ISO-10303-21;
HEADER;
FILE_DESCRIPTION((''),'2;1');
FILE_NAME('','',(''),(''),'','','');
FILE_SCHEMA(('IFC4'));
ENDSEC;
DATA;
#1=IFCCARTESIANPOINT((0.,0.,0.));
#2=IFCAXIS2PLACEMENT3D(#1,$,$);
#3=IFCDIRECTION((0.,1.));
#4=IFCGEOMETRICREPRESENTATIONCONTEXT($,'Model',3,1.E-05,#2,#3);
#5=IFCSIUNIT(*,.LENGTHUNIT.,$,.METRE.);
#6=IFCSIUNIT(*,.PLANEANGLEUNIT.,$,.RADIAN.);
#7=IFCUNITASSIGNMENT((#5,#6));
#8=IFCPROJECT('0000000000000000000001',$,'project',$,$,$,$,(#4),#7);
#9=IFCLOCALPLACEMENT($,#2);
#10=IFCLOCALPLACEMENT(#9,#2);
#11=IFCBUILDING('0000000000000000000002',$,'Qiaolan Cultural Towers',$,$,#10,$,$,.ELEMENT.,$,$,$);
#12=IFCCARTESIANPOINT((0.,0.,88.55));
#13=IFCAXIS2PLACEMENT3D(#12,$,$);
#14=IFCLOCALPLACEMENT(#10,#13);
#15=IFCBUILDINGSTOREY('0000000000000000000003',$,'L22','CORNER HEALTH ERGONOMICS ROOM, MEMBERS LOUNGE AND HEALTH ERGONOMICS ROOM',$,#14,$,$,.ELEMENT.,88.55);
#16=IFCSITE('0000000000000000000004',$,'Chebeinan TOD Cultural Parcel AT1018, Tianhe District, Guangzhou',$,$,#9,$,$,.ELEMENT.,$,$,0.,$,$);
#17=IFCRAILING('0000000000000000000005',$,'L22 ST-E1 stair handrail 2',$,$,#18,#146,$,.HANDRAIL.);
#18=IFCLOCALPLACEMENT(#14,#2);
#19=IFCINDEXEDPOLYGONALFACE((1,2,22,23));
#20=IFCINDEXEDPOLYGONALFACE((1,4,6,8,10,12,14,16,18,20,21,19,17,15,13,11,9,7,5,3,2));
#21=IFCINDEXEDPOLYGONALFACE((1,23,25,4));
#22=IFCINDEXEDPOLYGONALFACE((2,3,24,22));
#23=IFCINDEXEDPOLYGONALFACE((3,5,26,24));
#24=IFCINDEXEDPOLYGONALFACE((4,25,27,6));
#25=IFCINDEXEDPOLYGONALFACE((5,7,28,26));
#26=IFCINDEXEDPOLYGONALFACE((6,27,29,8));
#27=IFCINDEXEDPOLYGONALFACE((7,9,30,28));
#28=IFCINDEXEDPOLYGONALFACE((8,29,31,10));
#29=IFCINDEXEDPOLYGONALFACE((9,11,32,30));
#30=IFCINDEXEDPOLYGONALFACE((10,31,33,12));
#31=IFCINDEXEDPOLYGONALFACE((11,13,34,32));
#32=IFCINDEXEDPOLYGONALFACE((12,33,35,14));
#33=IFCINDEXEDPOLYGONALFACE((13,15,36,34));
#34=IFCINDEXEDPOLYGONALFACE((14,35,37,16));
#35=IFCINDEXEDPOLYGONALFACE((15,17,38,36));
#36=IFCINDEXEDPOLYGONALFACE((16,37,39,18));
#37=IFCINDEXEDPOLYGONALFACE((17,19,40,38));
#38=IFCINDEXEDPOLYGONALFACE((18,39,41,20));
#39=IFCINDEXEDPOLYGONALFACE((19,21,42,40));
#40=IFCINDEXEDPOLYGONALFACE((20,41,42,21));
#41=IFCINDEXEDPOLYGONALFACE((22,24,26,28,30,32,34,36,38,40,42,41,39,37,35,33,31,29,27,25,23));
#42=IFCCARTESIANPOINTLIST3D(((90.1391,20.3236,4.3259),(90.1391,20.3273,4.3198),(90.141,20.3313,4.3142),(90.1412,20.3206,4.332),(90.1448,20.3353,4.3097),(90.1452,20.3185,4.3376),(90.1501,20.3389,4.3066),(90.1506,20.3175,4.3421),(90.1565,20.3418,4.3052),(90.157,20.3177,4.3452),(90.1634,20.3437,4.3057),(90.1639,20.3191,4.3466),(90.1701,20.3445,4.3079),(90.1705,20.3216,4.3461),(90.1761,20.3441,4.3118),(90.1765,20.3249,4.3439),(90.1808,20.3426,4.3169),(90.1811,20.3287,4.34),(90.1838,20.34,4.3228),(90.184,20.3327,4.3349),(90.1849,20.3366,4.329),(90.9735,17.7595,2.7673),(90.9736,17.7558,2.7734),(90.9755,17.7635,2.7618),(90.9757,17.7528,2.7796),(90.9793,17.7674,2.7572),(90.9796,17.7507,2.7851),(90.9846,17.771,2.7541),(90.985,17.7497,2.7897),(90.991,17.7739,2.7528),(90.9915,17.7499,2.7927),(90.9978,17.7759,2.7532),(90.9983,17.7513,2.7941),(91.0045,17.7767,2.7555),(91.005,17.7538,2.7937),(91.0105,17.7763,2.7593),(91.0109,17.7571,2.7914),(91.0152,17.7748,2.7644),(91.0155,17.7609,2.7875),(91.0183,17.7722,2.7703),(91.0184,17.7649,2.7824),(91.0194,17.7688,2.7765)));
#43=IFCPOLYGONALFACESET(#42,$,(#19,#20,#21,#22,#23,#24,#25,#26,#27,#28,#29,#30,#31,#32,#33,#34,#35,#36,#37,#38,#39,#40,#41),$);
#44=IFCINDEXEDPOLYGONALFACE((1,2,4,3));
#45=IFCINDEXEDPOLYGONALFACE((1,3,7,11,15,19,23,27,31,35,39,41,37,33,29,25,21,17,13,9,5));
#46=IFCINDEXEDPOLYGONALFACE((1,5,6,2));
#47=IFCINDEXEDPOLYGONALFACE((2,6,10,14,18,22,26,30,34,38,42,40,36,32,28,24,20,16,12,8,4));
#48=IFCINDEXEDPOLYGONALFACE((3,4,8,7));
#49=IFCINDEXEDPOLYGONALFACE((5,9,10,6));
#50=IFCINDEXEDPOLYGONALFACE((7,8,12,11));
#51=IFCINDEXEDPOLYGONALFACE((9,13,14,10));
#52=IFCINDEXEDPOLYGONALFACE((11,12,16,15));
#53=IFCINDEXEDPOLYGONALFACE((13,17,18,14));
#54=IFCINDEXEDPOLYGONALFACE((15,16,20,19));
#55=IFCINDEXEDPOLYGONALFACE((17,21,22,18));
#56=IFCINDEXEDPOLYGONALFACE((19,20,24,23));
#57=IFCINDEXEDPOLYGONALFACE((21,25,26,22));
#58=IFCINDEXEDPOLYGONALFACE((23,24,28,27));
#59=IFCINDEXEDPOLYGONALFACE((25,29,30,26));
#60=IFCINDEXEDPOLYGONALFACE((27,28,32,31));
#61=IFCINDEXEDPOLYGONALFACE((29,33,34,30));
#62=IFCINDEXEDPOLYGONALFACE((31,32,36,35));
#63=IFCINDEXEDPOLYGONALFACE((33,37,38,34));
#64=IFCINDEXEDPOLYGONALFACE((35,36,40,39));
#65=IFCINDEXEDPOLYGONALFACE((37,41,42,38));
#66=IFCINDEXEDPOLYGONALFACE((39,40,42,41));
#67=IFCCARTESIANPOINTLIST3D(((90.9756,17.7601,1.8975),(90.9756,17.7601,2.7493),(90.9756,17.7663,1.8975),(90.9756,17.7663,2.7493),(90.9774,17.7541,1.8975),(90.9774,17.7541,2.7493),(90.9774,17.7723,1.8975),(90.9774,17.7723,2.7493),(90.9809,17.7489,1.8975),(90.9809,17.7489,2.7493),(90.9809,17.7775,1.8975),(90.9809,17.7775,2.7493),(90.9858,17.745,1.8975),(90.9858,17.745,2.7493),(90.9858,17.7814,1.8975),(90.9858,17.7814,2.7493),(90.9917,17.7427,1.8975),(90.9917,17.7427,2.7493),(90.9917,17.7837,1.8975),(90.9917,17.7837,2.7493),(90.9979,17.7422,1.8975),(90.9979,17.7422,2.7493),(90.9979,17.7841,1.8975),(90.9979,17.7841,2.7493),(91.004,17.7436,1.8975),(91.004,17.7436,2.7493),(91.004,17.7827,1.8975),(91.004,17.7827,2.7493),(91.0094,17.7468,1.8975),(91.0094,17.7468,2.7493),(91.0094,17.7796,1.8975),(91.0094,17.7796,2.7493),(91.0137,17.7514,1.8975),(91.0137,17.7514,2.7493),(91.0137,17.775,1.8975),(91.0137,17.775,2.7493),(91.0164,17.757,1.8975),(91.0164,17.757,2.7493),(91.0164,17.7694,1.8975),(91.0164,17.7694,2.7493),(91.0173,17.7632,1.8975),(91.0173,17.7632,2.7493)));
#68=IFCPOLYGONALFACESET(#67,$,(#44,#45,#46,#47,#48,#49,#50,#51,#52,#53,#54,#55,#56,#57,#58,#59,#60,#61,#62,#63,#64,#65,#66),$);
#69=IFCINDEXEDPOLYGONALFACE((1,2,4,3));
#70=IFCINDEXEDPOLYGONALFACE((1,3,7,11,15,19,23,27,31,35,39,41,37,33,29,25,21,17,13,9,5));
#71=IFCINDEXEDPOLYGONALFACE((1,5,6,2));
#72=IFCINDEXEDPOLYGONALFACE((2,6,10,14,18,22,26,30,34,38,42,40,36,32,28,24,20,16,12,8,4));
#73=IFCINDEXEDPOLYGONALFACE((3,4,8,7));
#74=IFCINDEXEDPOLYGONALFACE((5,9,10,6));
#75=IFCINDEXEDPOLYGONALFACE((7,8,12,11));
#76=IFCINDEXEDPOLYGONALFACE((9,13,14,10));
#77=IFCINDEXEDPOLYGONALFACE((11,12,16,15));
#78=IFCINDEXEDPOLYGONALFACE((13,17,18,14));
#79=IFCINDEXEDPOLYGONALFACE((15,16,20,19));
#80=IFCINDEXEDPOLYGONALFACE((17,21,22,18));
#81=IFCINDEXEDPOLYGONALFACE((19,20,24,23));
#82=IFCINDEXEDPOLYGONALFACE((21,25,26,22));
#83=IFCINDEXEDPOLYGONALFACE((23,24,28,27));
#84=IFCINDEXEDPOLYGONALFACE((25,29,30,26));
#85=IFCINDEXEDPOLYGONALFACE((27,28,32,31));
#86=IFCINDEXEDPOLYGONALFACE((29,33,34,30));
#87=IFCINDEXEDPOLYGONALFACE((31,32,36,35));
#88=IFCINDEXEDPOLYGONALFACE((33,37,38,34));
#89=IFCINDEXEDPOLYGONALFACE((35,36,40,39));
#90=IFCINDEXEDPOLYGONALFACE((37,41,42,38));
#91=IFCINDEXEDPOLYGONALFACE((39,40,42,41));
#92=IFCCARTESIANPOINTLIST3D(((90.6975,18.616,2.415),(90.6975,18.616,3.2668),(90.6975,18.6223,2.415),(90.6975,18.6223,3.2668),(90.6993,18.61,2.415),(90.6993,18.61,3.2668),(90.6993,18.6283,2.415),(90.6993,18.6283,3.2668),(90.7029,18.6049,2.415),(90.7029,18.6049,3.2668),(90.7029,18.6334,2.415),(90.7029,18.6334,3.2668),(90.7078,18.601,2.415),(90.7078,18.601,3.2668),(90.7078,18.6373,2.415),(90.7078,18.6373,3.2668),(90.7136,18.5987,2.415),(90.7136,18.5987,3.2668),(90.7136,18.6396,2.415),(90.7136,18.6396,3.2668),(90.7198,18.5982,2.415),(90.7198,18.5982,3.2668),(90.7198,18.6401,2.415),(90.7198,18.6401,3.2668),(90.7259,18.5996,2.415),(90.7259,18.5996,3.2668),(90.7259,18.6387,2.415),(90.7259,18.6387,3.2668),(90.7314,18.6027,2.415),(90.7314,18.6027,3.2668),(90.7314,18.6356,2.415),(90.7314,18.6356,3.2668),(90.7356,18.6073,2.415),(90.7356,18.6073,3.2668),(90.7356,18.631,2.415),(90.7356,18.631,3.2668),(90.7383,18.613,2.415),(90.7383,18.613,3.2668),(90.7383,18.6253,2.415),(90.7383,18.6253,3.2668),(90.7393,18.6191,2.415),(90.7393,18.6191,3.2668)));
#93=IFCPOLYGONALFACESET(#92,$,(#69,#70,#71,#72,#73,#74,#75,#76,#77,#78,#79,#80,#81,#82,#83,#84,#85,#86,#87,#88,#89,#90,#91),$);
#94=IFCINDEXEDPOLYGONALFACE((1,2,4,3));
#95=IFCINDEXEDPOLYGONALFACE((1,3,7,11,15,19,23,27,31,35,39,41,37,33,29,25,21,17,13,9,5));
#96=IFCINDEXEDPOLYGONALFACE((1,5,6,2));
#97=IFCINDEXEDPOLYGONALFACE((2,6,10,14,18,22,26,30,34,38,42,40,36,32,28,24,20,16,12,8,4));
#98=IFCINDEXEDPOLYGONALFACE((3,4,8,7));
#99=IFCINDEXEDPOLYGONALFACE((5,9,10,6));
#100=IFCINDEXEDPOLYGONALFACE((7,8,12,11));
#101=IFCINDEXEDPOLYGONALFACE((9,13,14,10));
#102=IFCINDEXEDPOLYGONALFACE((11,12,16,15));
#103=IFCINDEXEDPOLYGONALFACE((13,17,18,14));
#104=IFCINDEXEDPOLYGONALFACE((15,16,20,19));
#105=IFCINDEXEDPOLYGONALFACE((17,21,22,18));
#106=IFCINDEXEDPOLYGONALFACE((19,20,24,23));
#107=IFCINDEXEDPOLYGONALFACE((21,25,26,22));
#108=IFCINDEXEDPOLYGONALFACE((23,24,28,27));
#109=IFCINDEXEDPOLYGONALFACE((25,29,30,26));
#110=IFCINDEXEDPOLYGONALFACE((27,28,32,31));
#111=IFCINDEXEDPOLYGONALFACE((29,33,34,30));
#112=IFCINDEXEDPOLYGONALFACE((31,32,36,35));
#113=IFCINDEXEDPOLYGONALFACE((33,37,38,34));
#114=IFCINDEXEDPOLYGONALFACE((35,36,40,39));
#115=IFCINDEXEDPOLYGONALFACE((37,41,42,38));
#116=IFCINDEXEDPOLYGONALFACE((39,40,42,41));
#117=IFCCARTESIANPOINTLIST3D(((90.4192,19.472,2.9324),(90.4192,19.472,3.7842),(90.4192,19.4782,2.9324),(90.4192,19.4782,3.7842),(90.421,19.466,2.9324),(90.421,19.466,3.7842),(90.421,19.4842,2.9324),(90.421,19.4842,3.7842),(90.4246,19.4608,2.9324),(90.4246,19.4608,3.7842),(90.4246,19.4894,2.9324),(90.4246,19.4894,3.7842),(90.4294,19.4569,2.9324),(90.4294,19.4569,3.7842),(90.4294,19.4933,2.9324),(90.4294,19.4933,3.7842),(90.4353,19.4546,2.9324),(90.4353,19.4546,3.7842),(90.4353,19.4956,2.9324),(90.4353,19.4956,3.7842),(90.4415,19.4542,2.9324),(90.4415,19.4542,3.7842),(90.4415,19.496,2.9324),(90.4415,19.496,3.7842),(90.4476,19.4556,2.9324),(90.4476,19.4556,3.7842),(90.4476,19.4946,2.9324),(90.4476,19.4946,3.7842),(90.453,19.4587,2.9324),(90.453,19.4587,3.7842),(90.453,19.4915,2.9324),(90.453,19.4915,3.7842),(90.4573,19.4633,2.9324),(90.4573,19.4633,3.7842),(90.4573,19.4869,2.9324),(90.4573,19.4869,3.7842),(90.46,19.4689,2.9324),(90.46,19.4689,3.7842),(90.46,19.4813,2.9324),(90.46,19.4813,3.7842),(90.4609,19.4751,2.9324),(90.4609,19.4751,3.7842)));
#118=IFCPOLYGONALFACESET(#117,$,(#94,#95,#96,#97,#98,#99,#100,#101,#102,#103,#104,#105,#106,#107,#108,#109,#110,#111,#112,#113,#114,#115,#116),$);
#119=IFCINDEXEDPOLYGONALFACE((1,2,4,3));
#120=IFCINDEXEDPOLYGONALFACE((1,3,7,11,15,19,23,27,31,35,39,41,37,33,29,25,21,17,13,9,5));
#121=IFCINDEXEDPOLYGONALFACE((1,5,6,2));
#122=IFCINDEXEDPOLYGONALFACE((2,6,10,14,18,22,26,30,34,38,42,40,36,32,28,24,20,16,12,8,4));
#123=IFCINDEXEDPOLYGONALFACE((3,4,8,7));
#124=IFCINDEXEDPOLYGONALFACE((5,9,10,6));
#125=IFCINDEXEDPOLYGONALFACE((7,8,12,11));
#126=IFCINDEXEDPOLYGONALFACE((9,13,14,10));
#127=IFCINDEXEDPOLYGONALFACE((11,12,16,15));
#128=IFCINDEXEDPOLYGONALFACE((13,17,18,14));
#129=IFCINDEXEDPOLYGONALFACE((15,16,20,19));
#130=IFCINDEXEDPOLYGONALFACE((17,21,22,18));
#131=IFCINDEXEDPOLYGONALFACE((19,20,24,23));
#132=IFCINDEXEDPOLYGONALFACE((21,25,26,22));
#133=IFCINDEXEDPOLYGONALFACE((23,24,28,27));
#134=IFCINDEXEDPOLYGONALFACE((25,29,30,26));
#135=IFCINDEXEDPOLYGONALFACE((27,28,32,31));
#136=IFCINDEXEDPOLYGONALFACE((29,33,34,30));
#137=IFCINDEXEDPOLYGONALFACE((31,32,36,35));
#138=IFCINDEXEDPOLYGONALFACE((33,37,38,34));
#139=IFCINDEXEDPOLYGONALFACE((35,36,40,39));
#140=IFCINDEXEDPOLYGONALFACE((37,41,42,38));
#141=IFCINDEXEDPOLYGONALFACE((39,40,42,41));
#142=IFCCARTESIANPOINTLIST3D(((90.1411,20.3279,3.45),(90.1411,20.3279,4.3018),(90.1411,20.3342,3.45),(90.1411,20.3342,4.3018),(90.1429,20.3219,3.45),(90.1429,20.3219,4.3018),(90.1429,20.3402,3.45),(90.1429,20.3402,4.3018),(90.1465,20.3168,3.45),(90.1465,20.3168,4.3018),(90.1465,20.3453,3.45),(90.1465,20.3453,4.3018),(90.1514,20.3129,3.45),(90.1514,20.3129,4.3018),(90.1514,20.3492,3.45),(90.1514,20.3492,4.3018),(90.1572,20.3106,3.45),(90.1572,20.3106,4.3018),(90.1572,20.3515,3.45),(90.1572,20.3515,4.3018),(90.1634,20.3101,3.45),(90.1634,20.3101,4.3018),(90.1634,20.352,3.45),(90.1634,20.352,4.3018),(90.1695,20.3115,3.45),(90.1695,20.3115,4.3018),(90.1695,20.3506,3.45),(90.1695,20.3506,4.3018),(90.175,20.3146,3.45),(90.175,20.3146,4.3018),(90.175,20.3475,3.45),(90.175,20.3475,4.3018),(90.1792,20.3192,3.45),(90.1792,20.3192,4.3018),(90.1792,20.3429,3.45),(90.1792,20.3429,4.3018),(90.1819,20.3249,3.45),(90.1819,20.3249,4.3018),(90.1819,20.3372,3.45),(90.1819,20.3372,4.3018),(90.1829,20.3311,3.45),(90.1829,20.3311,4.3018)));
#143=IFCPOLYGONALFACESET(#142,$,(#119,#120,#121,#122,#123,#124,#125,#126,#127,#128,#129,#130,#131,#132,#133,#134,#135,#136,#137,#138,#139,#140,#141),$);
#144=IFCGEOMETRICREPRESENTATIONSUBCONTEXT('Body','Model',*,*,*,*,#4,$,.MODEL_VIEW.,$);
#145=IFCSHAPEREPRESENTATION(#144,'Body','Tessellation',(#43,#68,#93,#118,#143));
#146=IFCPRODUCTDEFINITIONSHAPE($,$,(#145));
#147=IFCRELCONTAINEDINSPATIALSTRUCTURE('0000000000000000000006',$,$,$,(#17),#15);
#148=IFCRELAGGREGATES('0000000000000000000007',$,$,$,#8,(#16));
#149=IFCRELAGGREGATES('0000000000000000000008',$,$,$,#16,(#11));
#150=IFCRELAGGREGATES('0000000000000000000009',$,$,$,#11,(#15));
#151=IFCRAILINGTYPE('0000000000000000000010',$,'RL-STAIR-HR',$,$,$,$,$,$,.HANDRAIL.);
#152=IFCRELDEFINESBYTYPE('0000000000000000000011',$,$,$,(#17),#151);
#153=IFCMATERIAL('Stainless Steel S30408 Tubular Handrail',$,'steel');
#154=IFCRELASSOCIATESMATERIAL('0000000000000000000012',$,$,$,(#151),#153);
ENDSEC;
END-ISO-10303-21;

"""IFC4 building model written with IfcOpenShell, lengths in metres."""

from ifc_helpers import new_model, si_unit, direction, frame, origin, origin_2d, place, context, subcontext, project, spatial, circle, extrude, material, type_object, element, save


model = new_model("IFC4")

# Units and contexts
model_context = context("Model", 3, precision=1e-05, world=origin(), true_north=direction((0.0, 1.0)))
body_context = subcontext(model_context, "Body", "Model", "MODEL_VIEW")
ifc_project = project(units=[si_unit("LENGTHUNIT", "METRE"), si_unit("PLANEANGLEUNIT", "RADIAN")], contexts=[model_context])

# Site, building, storey
site_placement = place(None, origin())
site = spatial("IfcSite", under=ifc_project, at=site_placement, Name="Chebeinan TOD Cultural Parcel AT1018, Tianhe District, Guangzhou", CompositionType="ELEMENT", RefElevation=0.0)
building_placement = place(site_placement, origin())
building = spatial("IfcBuilding", under=site, at=building_placement, Name="Qiaolan Cultural Towers", CompositionType="ELEMENT")
storey_placement = place(building_placement, frame((0.0, 0.0, 88.55)))
storey = spatial("IfcBuildingStorey", under=building, at=storey_placement, Name="L22", Description="CORNER HEALTH ERGONOMICS ROOM, MEMBERS LOUNGE AND HEALTH ERGONOMICS ROOM", CompositionType="ELEMENT", Elevation=88.55)

# Railing
ifc_material_1 = material(Name="Stainless Steel S30408 Tubular Handrail", Category="steel")
railing_type_1 = type_object("IfcRailingType", Name="RL-STAIR-HR", PredefinedType="HANDRAIL", material=ifc_material_1)
railing_1_placement = place(storey_placement, frame((90.9963, 17.7632, 1.8975)))
element("IfcRailing", 1, at=railing_1_placement, inside=storey, type_object=railing_type_1, Name="L22 ST-E1 stair handrail 2", PredefinedType="HANDRAIL", context=body_context, shape_type="SweptSolid", body=[
    extrude(circle(Radius=0.0239, at=origin_2d()), frame((0.0, 0.0, 0.876), z_axis=(-0.267926, 0.824471, 0.498461), x_axis=(-0.951043, -0.309057, 0.0)), (0.0, 0.0, 1.0), 3.1145),
    extrude(circle(Radius=0.021, at=origin_2d()), origin(), (0.0, 0.0, 1.0), 0.8518),
    extrude(circle(Radius=0.021, at=origin_2d()), frame((-0.2781, 0.856, 0.5176)), (0.0, 0.0, 1.0), 0.8518),
    extrude(circle(Radius=0.021, at=origin_2d()), frame((-0.5564, 1.7119, 1.0349)), (0.0, 0.0, 1.0), 0.8518),
    extrude(circle(Radius=0.021, at=origin_2d()), frame((-0.8345, 2.5679, 1.5525)), (0.0, 0.0, 1.0), 0.8518),
])

save(model, "model.ifc")
